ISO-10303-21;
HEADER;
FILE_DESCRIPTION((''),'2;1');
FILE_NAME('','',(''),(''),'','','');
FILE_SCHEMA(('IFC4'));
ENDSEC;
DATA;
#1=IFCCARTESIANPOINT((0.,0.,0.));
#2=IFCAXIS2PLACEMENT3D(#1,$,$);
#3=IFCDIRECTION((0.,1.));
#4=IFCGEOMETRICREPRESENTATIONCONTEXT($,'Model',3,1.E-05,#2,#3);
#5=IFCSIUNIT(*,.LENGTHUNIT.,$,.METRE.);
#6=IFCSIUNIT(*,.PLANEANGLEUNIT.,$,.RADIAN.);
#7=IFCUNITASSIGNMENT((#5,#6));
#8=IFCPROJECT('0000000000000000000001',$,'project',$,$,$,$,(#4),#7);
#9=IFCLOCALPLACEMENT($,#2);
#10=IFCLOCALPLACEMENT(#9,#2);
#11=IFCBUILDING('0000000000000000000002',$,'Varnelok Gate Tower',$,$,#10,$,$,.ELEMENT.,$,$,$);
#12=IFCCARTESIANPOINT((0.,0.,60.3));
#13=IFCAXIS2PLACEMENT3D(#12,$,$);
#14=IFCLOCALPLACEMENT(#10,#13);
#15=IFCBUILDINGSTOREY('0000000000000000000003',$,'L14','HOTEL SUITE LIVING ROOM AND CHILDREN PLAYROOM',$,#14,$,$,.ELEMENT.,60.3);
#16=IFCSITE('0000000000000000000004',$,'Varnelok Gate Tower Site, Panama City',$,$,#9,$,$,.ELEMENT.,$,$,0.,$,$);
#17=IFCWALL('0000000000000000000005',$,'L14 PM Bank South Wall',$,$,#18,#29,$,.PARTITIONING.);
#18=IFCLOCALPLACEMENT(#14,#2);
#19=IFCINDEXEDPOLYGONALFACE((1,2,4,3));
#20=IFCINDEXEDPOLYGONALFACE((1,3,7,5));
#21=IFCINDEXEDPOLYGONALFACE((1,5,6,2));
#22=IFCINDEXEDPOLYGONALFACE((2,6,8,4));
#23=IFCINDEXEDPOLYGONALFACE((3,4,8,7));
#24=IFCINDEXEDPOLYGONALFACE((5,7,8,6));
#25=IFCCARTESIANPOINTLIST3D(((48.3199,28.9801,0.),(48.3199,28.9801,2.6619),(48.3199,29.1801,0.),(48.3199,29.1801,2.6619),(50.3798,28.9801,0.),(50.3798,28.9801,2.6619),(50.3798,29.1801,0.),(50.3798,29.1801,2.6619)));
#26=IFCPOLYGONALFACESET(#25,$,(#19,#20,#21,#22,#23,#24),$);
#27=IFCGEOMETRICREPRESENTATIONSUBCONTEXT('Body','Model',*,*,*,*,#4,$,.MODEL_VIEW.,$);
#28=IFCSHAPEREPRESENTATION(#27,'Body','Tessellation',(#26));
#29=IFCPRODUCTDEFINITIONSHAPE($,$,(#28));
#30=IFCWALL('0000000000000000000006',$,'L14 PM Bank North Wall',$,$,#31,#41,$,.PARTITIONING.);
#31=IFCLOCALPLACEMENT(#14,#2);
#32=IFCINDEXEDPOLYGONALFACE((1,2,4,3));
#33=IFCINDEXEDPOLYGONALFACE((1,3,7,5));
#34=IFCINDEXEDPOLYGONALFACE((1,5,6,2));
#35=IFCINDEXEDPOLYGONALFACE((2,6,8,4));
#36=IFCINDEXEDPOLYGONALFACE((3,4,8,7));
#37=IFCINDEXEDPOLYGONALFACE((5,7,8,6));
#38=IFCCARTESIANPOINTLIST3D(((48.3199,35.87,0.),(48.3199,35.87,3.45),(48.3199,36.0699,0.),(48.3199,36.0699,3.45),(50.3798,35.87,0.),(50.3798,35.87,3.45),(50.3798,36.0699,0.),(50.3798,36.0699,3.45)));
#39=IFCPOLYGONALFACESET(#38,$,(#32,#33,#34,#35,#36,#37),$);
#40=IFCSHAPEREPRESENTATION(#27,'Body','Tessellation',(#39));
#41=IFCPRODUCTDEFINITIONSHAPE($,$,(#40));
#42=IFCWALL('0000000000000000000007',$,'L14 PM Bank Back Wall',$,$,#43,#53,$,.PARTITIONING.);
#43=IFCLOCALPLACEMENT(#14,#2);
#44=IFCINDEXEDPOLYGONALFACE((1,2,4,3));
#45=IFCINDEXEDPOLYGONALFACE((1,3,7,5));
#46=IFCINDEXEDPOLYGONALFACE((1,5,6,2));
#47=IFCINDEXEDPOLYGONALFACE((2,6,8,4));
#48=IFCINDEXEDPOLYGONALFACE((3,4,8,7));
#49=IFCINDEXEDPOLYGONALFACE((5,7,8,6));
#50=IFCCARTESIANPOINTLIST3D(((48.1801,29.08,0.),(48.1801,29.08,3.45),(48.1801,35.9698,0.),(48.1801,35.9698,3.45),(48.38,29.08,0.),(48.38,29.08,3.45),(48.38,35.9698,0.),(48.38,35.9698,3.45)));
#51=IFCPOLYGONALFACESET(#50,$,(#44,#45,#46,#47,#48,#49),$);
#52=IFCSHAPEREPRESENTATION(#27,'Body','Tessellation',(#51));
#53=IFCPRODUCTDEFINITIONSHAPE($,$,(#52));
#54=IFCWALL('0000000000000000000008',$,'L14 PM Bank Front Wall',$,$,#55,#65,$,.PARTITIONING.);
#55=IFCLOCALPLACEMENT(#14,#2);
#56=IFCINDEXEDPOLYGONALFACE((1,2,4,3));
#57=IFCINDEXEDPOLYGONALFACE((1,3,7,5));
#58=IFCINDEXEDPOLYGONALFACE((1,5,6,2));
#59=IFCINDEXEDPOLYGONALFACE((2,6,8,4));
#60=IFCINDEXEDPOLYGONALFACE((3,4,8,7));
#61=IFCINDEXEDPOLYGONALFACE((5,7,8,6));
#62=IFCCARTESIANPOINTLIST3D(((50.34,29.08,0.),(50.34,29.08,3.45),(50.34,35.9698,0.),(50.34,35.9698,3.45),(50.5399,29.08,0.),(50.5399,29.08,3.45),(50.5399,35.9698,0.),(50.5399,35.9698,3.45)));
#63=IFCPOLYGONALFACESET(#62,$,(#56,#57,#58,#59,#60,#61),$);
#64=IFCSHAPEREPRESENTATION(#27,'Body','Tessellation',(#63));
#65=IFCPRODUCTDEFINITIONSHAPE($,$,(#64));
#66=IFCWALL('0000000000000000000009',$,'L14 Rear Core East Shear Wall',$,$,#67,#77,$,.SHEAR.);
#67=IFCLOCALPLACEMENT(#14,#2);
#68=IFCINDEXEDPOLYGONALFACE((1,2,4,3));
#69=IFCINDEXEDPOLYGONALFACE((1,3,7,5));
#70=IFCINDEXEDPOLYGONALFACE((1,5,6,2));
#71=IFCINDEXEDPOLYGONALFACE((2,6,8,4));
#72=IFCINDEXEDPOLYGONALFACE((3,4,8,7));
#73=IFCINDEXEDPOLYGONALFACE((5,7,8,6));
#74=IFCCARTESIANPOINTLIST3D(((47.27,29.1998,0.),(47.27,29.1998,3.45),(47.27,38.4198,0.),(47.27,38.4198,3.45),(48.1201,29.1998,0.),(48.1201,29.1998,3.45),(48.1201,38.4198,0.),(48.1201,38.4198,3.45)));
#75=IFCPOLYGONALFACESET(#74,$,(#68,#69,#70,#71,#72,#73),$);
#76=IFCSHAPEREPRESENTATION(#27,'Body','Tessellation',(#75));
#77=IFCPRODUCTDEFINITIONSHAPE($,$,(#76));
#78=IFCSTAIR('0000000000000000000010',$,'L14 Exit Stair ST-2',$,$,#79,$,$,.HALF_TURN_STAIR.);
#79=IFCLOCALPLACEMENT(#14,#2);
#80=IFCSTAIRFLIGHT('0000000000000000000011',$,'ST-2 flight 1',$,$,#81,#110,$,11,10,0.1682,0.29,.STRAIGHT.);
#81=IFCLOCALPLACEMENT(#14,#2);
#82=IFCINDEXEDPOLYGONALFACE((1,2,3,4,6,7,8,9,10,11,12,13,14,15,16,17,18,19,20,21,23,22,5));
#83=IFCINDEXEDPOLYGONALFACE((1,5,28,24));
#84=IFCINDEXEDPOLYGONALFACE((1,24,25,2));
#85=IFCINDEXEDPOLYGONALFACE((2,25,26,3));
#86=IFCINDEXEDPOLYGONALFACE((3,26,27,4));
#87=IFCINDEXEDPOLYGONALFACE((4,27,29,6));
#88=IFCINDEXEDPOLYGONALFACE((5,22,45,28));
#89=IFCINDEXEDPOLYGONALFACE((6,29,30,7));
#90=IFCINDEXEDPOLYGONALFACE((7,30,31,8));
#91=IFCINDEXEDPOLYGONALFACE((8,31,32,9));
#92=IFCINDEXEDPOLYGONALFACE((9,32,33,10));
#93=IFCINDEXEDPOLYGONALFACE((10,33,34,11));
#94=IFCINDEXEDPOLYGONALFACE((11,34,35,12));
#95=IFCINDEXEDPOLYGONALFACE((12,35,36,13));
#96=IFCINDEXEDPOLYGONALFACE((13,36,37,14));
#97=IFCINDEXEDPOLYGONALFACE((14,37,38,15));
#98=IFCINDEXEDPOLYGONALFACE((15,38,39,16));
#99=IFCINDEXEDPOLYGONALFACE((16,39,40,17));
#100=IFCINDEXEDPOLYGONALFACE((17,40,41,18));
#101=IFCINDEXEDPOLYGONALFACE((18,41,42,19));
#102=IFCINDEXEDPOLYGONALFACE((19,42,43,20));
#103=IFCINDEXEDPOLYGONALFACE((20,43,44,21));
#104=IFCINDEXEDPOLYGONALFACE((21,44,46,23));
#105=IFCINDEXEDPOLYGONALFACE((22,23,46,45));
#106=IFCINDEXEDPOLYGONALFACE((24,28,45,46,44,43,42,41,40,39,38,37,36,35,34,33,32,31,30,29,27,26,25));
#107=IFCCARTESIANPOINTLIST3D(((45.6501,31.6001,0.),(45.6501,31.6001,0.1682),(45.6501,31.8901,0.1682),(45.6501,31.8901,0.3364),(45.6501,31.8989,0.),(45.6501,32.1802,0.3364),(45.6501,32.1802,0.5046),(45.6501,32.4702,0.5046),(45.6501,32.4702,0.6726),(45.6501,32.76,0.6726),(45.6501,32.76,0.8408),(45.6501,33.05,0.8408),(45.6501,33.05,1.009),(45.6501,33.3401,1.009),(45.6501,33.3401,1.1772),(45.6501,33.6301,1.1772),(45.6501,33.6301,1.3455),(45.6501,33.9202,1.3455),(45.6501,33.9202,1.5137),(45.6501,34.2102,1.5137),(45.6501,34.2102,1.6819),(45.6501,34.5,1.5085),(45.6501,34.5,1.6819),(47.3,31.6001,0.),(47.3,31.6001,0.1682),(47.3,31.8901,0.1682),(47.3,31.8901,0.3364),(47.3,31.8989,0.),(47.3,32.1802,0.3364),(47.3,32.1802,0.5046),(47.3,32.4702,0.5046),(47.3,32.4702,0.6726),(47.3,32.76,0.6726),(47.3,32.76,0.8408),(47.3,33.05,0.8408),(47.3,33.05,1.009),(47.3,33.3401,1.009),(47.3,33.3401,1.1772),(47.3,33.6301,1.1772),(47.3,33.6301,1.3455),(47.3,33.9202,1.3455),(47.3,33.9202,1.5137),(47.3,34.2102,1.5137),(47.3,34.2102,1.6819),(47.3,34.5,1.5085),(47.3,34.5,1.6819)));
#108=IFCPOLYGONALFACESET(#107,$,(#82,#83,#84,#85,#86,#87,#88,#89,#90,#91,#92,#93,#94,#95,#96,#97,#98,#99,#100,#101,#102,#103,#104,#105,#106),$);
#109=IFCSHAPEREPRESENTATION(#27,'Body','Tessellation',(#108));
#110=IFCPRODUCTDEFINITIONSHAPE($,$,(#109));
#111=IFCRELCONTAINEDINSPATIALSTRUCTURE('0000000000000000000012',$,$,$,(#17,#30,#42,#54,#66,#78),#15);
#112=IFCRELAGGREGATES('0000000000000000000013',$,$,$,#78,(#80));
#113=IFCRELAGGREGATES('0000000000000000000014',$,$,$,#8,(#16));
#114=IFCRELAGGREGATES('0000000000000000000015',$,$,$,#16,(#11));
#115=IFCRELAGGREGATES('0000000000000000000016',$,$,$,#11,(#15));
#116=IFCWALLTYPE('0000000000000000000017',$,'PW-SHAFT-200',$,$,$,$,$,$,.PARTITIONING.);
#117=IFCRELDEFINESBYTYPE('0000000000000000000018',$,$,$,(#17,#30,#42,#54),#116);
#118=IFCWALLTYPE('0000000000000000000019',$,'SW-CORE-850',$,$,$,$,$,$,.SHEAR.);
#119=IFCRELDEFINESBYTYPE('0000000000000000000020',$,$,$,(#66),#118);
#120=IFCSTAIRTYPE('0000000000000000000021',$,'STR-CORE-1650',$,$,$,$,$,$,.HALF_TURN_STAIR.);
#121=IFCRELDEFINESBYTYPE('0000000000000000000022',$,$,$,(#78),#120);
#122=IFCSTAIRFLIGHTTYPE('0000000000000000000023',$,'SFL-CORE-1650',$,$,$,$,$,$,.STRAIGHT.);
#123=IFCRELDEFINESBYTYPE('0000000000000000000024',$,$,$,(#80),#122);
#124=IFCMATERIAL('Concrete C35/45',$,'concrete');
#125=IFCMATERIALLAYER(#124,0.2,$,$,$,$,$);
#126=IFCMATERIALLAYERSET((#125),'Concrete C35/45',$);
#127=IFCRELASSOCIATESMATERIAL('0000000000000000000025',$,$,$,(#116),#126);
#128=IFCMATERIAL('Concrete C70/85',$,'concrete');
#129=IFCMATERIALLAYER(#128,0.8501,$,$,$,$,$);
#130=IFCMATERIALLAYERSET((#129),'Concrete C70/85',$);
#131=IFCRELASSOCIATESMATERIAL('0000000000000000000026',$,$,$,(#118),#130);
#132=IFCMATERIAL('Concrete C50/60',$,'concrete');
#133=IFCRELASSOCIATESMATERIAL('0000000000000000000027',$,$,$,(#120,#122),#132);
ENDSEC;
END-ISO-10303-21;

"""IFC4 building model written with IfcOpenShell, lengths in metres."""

from ifc_helpers import new_model, si_unit, direction, frame, frame_2d, origin, place, context, subcontext, project, spatial, polyline, rectangle, outline, extrude, material, layer, layer_set, type_object, element, aggregate, save


model = new_model("IFC4")

# Units and contexts
model_context = context("Model", 3, precision=1e-05, world=origin(), true_north=direction((0.0, 1.0)))
body_context = subcontext(model_context, "Body", "Model", "MODEL_VIEW")
ifc_project = project(units=[si_unit("LENGTHUNIT", "METRE"), si_unit("PLANEANGLEUNIT", "RADIAN")], contexts=[model_context])

# Site, building, storey
site_placement = place(None, origin())
site = spatial("IfcSite", under=ifc_project, at=site_placement, Name="Varnelok Gate Tower Site, Panama City", CompositionType="ELEMENT", RefElevation=0.0)
building_placement = place(site_placement, origin())
building = spatial("IfcBuilding", under=site, at=building_placement, Name="Varnelok Gate Tower", CompositionType="ELEMENT")
storey_placement = place(building_placement, frame((0.0, 0.0, 60.3)))
storey = spatial("IfcBuildingStorey", under=building, at=storey_placement, Name="L14", Description="HOTEL SUITE LIVING ROOM AND CHILDREN PLAYROOM", CompositionType="ELEMENT", Elevation=60.3)

# Shared definitions
ifc_material_1 = material(Name="Concrete C70/85", Category="concrete")

# Walls
ifc_material_2 = material(Name="Concrete C35/45", Category="concrete")
ifc_layer_1 = layer(ifc_material_2, 0.2)
ifc_layer_set_1 = layer_set([ifc_layer_1], Name="Concrete C35/45")
wall_type_1 = type_object("IfcWallType", Name="PW-SHAFT-200", PredefinedType="PARTITIONING", material=ifc_layer_set_1)
wall_1_placement = place(storey_placement, frame((48.3201, 29.0801, 0.0), z_axis=(0.0, 0.0, 1.0), x_axis=(1.0, 0.0, 0.0)))
element("IfcWall", 1, at=wall_1_placement, inside=storey, type_object=wall_type_1, Name="L14 PM Bank South Wall", PredefinedType="PARTITIONING", context=body_context, shape_type="SweptSolid", body=[
    extrude(rectangle(XDim=2.0598, YDim=0.2, at=frame_2d((1.0298, 0.0))), origin(), (0.0, 0.0, 1.0), 2.6619),
])
wall_2_placement = place(storey_placement, frame((48.3201, 35.97, 0.0), z_axis=(0.0, 0.0, 1.0), x_axis=(1.0, 0.0, 0.0)))
element("IfcWall", 2, at=wall_2_placement, inside=storey, type_object=wall_type_1, Name="L14 PM Bank North Wall", PredefinedType="PARTITIONING", context=body_context, shape_type="SweptSolid", body=[
    extrude(rectangle(XDim=2.0598, YDim=0.2, at=frame_2d((1.0298, 0.0))), origin(), (0.0, 0.0, 1.0), 3.45),
])
for number, where, z_axis, x_axis, name in (
    (3, (48.28, 29.0801, 0.0), (0.0, 0.0, 1.0), (0.0, 1.0, 0.0), "L14 PM Bank Back Wall"),
    (4, (50.4399, 29.0801, 0.0), (0.0, 0.0, 1.0), (0.0, 1.0, 0.0), "L14 PM Bank Front Wall"),
):
    element("IfcWall", number, at=place(storey_placement, frame(where, z_axis=z_axis, x_axis=x_axis)), inside=storey, type_object=wall_type_1, Name=name, PredefinedType="PARTITIONING", context=body_context, shape_type="SweptSolid", body=[
        extrude(rectangle(XDim=6.8899, YDim=0.2, at=frame_2d((3.4448, 0.0))), origin(), (0.0, 0.0, 1.0), 3.45),
    ])
ifc_layer_2 = layer(ifc_material_1, 0.8501)
ifc_layer_set_2 = layer_set([ifc_layer_2], Name="Concrete C70/85")
wall_type_2 = type_object("IfcWallType", Name="SW-CORE-850", PredefinedType="SHEAR", material=ifc_layer_set_2)
wall_3_placement = place(storey_placement, frame((47.6951, 29.2, 0.0), z_axis=(0.0, 0.0, 1.0), x_axis=(0.0, 1.0, 0.0)))
element("IfcWall", 5, at=wall_3_placement, inside=storey, type_object=wall_type_2, Name="L14 Rear Core East Shear Wall", PredefinedType="SHEAR", context=body_context, shape_type="SweptSolid", body=[
    extrude(rectangle(XDim=9.22, YDim=0.8501, at=frame_2d((4.6099, 0.0))), origin(), (0.0, 0.0, 1.0), 3.45),
])

# Stair, stair flight
ifc_material_3 = material(Name="Concrete C50/60", Category="concrete")
stair_type = type_object("IfcStairType", Name="STR-CORE-1650", PredefinedType="HALF_TURN_STAIR", material=ifc_material_3)
stair_placement = place(storey_placement, origin())
stair = element("IfcStair", 6, at=stair_placement, inside=storey, type_object=stair_type, Name="L14 Exit Stair ST-2", PredefinedType="HALF_TURN_STAIR")
stair_flight_type = type_object("IfcStairFlightType", Name="SFL-CORE-1650", PredefinedType="STRAIGHT", material=ifc_material_3)
stair_flight_placement = place(storey_placement, frame((46.4751, 31.6001, 0.0), z_axis=(0.0, 0.0, 1.0), x_axis=(0.0, 1.0, 0.0)))
stair_flight = element("IfcStairFlight", 7, at=stair_flight_placement, type_object=stair_flight_type, Name="ST-2 flight 1", NumberOfRisers=11, NumberOfTreads=10, PredefinedType="STRAIGHT", RiserHeight=0.1682, TreadLength=0.29, context=body_context, shape_type="SweptSolid", body=[
    extrude(outline(polyline([(0.0, 0.0), (0.0, 0.1682), (0.29, 0.1682), (0.29, 0.3364), (0.5801, 0.3364), (0.5801, 0.5046), (0.8701, 0.5046), (0.8701, 0.6726), (1.1599, 0.6726), (1.1599, 0.8408), (1.45, 0.8408), (1.45, 1.009), (1.74, 1.009), (1.74, 1.1772), (2.03, 1.1772), (2.03, 1.3455), (2.3201, 1.3455), (2.3201, 1.5137), (2.6101, 1.5137), (2.6101, 1.6819), (2.8999, 1.6819), (2.8999, 1.8501), (2.8999, 1.5085), (0.2988, 0.0), (0.0, 0.0)])), frame((0.0, 0.825, 0.0), z_axis=(0.0, -1.0, 0.0), x_axis=(1.0, 0.0, 0.0)), (0.0, 0.0, 1.0), 1.6499),
])
aggregate(stair, [stair_flight])

save(model, "model.ifc")
